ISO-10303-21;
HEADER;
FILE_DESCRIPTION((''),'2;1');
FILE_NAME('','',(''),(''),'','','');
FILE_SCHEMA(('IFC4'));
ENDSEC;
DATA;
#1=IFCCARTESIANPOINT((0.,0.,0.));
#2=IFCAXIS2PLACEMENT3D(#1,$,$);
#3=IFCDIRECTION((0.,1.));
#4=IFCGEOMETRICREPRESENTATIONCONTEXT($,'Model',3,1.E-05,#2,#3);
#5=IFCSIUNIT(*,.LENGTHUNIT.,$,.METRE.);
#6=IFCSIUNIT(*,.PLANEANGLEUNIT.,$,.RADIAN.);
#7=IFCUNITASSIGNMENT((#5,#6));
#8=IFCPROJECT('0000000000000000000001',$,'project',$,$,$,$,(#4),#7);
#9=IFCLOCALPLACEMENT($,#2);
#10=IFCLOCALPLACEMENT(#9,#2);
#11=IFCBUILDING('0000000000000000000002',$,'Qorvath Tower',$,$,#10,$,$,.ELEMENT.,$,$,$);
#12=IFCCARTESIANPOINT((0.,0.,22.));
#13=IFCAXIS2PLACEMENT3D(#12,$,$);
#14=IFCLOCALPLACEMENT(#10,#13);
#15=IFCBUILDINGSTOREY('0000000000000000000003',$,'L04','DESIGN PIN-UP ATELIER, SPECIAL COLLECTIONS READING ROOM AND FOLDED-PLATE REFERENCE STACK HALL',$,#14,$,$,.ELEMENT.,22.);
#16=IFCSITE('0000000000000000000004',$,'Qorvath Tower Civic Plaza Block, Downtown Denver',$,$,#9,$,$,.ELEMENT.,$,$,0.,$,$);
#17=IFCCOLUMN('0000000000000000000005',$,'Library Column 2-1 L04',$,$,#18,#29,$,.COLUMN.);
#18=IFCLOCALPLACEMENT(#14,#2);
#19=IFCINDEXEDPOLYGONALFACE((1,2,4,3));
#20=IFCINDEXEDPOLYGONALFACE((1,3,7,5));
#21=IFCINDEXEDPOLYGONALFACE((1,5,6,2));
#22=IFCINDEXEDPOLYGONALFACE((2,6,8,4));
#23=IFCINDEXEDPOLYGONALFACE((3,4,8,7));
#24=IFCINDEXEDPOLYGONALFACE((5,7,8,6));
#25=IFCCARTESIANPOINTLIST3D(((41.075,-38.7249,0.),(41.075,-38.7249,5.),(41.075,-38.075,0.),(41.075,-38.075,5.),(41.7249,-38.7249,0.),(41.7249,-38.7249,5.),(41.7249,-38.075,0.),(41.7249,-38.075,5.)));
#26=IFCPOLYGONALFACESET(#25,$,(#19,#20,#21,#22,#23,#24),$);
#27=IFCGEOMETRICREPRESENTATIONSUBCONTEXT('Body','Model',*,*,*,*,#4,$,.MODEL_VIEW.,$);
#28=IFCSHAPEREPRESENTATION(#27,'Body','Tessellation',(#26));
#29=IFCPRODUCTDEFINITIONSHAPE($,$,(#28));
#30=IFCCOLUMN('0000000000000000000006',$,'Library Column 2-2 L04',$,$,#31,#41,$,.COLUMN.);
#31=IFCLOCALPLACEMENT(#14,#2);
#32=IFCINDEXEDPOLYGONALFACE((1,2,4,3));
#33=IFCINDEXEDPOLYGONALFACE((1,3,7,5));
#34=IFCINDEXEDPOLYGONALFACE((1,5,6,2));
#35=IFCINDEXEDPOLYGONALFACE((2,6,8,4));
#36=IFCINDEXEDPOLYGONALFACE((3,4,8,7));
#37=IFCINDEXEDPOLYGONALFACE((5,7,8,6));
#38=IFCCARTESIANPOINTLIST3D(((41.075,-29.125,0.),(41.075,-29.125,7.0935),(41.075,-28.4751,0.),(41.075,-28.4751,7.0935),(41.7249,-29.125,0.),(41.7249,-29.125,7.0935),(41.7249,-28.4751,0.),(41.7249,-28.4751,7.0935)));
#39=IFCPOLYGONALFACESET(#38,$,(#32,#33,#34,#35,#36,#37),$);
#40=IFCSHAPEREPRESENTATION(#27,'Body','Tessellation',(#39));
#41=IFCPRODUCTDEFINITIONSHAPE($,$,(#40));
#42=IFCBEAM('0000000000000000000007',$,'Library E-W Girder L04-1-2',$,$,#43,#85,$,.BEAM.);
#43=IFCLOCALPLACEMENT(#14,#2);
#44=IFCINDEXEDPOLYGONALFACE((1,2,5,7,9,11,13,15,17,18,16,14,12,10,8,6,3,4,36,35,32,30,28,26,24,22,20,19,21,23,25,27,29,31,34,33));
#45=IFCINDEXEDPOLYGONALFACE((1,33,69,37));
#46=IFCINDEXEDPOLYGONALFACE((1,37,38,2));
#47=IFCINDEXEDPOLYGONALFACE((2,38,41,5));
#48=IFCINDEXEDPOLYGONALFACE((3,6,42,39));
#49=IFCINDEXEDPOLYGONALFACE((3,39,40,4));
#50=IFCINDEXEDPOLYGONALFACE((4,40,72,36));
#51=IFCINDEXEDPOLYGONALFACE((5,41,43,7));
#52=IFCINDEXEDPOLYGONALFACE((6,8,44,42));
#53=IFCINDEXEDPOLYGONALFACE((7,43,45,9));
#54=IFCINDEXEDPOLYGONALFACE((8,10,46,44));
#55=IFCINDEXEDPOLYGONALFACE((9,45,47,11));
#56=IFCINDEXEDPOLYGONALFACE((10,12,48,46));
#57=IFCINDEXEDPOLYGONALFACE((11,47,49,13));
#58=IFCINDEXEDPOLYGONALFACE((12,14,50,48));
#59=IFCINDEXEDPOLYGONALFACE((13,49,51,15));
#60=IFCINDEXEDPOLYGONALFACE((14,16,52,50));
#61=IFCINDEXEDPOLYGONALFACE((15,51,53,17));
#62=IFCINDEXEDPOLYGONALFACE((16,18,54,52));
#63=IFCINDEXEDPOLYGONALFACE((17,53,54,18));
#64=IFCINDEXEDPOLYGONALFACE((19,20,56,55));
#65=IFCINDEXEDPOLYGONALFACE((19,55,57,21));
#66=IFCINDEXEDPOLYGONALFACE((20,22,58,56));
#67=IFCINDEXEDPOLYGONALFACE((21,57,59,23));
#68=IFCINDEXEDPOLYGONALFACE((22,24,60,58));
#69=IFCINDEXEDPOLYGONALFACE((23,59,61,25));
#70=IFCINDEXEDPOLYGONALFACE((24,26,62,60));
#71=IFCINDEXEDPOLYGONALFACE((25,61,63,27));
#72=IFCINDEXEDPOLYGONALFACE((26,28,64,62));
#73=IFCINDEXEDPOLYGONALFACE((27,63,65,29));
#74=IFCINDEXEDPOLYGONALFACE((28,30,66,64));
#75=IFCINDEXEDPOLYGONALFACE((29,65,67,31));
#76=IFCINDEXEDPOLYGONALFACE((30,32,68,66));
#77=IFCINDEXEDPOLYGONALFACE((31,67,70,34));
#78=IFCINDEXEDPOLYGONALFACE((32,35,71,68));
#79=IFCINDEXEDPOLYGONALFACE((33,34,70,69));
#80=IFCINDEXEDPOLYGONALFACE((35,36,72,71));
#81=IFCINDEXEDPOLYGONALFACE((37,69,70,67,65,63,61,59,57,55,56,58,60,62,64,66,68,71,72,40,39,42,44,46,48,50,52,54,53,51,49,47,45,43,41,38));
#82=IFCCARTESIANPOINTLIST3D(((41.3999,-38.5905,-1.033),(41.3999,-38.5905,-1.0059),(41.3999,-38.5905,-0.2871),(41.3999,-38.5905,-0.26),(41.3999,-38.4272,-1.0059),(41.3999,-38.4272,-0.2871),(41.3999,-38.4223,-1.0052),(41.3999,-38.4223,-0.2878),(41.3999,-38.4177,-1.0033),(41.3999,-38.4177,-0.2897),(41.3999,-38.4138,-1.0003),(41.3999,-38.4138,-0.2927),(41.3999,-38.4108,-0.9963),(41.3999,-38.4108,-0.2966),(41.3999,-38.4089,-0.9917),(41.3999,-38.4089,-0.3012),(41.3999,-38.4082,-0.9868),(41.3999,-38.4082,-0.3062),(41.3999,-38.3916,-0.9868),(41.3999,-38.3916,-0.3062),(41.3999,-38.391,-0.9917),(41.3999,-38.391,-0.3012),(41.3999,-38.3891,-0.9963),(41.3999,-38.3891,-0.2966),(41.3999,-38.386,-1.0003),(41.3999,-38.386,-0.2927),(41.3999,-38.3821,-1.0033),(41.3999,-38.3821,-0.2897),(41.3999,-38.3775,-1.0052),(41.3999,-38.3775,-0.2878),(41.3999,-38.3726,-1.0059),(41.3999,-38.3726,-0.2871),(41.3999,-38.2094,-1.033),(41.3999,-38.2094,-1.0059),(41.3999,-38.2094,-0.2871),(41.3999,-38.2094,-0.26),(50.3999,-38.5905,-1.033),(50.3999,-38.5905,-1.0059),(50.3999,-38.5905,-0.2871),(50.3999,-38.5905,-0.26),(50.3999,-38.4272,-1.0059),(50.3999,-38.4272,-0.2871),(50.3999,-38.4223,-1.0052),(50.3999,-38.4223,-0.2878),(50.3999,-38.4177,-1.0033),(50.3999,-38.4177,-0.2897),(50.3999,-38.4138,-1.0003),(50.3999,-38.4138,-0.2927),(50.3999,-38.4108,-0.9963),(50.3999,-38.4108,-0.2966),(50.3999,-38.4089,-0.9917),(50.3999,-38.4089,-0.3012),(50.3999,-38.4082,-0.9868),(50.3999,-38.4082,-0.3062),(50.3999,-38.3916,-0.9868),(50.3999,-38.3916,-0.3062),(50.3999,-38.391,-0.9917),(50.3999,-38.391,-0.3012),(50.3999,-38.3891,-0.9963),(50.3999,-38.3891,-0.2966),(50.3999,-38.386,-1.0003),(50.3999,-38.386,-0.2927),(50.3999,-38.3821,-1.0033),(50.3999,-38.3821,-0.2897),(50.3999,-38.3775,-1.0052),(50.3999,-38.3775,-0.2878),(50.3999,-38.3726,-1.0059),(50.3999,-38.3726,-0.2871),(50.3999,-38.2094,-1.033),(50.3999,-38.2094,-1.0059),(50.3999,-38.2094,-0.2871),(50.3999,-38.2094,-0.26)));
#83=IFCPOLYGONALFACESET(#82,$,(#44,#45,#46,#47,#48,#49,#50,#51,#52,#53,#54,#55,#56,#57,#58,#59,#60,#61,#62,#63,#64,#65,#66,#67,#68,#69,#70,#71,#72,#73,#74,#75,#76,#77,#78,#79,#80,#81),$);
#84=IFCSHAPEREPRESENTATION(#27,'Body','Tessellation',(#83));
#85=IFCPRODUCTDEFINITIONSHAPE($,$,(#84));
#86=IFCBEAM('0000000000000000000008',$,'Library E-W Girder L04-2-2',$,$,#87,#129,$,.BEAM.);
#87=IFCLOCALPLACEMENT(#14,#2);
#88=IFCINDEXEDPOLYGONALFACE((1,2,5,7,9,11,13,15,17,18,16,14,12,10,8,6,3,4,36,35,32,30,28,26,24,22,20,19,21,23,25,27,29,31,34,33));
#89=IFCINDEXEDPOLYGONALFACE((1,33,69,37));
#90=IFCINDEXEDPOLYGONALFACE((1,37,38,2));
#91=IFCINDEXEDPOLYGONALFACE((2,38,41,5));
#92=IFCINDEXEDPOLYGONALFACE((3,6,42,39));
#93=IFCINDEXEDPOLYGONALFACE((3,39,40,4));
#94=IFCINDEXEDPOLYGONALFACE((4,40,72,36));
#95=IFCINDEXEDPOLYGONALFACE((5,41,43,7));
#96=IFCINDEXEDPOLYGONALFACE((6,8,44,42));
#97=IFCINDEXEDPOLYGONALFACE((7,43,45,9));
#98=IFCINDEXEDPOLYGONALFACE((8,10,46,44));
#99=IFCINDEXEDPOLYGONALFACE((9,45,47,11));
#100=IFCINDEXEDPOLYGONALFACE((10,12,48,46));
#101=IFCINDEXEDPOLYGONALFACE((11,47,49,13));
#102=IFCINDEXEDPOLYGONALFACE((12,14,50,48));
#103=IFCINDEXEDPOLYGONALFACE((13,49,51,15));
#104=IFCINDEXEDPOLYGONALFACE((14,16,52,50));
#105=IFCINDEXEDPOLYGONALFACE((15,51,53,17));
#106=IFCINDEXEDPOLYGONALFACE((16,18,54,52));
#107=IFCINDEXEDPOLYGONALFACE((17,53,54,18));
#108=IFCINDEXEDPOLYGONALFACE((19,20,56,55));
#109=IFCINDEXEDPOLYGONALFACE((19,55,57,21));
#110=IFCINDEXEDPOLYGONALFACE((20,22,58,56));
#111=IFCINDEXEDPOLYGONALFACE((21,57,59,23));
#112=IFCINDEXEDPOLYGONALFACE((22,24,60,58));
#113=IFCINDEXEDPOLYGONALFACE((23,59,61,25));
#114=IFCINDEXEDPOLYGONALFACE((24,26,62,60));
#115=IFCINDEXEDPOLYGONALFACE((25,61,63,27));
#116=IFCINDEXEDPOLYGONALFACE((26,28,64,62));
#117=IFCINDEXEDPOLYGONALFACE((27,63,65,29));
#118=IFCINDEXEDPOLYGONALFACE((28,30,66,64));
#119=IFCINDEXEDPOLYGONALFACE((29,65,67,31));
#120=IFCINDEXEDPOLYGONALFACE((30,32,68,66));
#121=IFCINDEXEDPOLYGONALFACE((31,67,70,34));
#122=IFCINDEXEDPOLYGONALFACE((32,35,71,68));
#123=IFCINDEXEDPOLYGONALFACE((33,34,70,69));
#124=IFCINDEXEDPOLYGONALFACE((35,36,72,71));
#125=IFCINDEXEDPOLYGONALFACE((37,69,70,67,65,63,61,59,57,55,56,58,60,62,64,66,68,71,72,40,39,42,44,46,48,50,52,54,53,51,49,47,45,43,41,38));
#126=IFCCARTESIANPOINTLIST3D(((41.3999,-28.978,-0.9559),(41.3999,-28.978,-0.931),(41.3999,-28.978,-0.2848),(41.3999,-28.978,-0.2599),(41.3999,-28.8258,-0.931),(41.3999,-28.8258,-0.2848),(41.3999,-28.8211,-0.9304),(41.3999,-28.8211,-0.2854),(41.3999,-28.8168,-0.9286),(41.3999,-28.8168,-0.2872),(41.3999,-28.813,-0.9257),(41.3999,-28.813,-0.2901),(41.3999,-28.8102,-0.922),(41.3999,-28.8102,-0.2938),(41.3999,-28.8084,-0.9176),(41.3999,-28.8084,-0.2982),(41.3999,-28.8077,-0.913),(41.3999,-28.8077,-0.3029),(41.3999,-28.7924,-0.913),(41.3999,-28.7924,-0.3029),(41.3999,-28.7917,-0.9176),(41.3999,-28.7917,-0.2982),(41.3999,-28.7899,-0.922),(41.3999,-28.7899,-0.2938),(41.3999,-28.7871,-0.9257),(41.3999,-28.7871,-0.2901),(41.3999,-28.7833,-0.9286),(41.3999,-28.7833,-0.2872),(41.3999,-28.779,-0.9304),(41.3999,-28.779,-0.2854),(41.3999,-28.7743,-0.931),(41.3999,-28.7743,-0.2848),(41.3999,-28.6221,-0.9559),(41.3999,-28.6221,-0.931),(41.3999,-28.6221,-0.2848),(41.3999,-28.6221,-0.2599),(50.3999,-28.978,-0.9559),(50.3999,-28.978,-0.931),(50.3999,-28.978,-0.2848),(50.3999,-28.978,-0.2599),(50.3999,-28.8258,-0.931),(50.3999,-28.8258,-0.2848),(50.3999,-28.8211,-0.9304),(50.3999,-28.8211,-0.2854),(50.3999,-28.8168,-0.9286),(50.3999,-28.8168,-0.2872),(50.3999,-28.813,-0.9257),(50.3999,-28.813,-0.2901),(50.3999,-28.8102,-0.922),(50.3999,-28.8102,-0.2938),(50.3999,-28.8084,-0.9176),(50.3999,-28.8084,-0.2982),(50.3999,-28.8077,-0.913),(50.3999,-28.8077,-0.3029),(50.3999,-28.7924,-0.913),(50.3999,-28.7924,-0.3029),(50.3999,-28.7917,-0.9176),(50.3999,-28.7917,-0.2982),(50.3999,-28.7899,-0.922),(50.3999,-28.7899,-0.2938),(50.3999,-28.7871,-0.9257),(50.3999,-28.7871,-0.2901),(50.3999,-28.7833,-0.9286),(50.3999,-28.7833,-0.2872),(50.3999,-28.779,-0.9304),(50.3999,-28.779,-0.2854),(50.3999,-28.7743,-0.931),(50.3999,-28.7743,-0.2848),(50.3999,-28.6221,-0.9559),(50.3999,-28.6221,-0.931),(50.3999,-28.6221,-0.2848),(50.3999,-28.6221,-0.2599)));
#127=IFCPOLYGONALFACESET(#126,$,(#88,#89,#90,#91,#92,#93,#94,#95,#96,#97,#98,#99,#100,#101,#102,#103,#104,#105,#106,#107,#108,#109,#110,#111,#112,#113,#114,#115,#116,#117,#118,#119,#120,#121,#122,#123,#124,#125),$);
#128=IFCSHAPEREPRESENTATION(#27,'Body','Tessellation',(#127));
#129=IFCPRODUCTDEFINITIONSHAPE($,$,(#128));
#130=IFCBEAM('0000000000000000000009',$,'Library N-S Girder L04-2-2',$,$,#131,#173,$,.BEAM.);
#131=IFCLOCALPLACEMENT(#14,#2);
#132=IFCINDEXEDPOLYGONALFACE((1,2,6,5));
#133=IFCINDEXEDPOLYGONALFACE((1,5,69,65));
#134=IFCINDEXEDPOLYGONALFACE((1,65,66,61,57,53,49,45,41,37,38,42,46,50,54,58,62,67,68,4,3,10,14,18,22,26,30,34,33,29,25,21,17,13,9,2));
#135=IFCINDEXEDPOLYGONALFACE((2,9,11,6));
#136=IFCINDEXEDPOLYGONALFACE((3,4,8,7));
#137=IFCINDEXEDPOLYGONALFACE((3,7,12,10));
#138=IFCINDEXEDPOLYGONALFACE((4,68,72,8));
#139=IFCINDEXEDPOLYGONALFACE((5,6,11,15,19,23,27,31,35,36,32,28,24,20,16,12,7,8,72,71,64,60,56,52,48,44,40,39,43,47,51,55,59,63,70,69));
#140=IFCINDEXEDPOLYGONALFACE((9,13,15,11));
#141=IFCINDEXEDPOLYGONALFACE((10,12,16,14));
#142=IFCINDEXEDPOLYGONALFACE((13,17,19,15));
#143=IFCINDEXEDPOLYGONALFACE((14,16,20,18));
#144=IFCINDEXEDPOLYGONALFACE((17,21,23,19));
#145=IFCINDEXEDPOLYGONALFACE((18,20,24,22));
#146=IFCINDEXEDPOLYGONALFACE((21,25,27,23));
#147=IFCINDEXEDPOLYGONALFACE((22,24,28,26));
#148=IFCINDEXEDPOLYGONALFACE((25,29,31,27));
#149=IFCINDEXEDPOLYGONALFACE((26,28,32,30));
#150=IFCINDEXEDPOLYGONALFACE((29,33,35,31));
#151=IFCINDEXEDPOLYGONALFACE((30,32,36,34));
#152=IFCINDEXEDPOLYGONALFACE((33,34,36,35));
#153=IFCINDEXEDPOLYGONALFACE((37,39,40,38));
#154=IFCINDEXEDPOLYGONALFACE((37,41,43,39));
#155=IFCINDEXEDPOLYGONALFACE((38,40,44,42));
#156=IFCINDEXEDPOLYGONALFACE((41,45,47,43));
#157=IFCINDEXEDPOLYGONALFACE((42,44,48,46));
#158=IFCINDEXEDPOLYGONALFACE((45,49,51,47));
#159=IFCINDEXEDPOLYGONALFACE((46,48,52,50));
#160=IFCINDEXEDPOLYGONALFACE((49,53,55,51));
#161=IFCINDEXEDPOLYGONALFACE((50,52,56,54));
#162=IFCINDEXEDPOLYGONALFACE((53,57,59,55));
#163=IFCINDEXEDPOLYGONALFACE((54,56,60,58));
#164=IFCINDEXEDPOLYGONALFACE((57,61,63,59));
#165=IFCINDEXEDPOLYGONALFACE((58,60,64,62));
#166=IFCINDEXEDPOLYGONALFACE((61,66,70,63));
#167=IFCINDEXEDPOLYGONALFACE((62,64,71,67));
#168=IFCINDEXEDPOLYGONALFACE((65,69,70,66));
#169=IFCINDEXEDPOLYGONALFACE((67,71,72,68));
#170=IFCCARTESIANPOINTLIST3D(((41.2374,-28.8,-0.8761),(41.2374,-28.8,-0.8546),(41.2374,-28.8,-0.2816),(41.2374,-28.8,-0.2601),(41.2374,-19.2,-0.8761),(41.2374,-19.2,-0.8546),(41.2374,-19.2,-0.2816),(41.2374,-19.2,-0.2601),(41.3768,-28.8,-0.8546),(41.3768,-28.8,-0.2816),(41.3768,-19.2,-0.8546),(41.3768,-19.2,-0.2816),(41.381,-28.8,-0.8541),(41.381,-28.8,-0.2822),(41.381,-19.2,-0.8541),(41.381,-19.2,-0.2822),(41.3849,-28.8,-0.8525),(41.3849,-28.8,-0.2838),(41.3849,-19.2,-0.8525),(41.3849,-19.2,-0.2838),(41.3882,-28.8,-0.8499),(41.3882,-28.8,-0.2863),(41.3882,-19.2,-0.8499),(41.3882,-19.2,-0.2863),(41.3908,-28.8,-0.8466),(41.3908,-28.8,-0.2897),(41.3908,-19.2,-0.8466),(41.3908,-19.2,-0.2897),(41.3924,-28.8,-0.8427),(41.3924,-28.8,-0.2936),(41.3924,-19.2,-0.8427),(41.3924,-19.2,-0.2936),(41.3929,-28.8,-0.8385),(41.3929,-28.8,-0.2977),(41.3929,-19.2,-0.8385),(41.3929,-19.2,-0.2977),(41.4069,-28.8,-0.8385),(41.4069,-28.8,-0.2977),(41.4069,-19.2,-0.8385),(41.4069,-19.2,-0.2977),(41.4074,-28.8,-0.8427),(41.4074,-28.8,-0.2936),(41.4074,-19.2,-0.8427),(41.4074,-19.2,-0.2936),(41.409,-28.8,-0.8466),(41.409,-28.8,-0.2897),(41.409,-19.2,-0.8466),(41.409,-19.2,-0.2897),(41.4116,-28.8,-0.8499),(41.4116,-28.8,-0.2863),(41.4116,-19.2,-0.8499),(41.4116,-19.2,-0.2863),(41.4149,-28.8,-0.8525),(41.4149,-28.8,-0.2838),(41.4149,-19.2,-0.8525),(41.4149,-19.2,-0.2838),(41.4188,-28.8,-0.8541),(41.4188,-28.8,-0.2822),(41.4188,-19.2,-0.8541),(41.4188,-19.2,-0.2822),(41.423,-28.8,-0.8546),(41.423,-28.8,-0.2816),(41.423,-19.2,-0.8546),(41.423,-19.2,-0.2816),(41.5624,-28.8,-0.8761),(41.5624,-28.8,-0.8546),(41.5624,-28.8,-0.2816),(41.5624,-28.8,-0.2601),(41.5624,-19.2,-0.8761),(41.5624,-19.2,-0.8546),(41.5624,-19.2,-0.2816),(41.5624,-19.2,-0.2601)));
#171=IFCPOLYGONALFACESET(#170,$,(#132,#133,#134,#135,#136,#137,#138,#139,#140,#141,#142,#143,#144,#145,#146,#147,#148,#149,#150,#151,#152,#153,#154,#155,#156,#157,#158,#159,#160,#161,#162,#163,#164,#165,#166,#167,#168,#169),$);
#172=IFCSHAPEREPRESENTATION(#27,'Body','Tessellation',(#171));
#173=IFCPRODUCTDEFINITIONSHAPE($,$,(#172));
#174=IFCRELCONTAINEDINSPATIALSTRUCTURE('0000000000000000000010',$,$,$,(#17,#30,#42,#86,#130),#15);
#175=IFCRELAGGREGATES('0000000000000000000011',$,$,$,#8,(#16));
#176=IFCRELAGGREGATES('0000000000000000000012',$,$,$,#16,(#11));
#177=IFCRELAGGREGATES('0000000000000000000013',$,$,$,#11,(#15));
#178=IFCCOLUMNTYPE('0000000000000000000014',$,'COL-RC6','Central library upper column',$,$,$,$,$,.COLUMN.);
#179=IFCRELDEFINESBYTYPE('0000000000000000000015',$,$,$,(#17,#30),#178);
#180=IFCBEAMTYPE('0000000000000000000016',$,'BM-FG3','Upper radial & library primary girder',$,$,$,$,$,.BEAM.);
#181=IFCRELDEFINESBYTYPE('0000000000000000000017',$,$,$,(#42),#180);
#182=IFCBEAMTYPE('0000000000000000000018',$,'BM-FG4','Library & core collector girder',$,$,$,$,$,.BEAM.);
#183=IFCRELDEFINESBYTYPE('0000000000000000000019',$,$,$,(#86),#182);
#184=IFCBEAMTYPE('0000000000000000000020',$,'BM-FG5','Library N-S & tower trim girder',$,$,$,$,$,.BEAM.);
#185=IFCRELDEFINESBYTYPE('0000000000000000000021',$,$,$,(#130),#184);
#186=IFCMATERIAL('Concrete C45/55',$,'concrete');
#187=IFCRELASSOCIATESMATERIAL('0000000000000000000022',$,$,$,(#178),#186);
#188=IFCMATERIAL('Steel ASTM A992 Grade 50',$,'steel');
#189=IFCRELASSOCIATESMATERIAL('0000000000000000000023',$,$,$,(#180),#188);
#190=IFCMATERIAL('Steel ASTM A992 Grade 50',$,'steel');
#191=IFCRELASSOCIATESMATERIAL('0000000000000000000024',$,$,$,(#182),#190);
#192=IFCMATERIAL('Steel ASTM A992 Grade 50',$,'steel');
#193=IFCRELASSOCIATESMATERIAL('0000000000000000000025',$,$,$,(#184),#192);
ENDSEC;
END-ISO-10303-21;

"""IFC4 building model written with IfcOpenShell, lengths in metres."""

from ifc_helpers import new_model, si_unit, direction, frame, origin, origin_2d, place, context, subcontext, project, spatial, rectangle, i_section, extrude, material, material_profile, profile_set, type_object, element, save


model = new_model("IFC4")

# Units and contexts
model_context = context("Model", 3, precision=1e-05, world=origin(), true_north=direction((0.0, 1.0)))
body_context = subcontext(model_context, "Body", "Model", "MODEL_VIEW")
ifc_project = project(units=[si_unit("LENGTHUNIT", "METRE"), si_unit("PLANEANGLEUNIT", "RADIAN")], contexts=[model_context])

# Site, building, storey
site_placement = place(None, origin())
site = spatial("IfcSite", under=ifc_project, at=site_placement, Name="Qorvath Tower Civic Plaza Block, Downtown Denver", CompositionType="ELEMENT", RefElevation=0.0)
building_placement = place(site_placement, origin())
building = spatial("IfcBuilding", under=site, at=building_placement, Name="Qorvath Tower", CompositionType="ELEMENT")
storey_placement = place(building_placement, frame((0.0, 0.0, 22.0)))
storey = spatial("IfcBuildingStorey", under=building, at=storey_placement, Name="L04", Description="DESIGN PIN-UP ATELIER, SPECIAL COLLECTIONS READING ROOM AND FOLDED-PLATE REFERENCE STACK HALL", CompositionType="ELEMENT", Elevation=22.0)

# Columns
ifc_material_1 = material(Name="Concrete C45/55", Category="concrete")
ifc_material_profile_1 = material_profile(ifc_material_1, rectangle(XDim=0.6499, YDim=0.6499, at=origin_2d()), Name="RC 650x650")
ifc_profile_set_1 = profile_set([ifc_material_profile_1], Name="Concrete C45/55")
column_type = type_object("IfcColumnType", Name="COL-RC6", Description="Central library upper column", PredefinedType="COLUMN", material=ifc_profile_set_1)
column_1_placement = place(storey_placement, frame((41.3999, -38.3999, 0.0), z_axis=(0.0, 0.0, 1.0), x_axis=(1.0, 0.0, 0.0)))
element("IfcColumn", 1, at=column_1_placement, inside=storey, type_object=column_type, Name="Library Column 2-1 L04", PredefinedType="COLUMN", context=body_context, shape_type="SweptSolid", body=[
    extrude(rectangle(XDim=0.6499, YDim=0.6499, at=origin_2d()), origin(), (0.0, 0.0, 1.0), 5.0),
])
column_2_placement = place(storey_placement, frame((41.3999, -28.8, 0.0), z_axis=(0.0, 0.0, 1.0), x_axis=(1.0, 0.0, 0.0)))
element("IfcColumn", 2, at=column_2_placement, inside=storey, type_object=column_type, Name="Library Column 2-2 L04", PredefinedType="COLUMN", context=body_context, shape_type="SweptSolid", body=[
    extrude(rectangle(XDim=0.6499, YDim=0.6499, at=origin_2d()), origin(), (0.0, 0.0, 1.0), 7.0935),
])

# Beams
ifc_material_2 = material(Name="Steel ASTM A992 Grade 50", Category="steel")
ifc_material_profile_2 = material_profile(ifc_material_2, i_section(OverallWidth=0.3811, OverallDepth=0.7729, WebThickness=0.0166, FlangeThickness=0.0271, FilletRadius=0.019, at=origin_2d()), Name="W30x173")
ifc_profile_set_2 = profile_set([ifc_material_profile_2], Name="Steel ASTM A992 Grade 50")
beam_type_1 = type_object("IfcBeamType", Name="BM-FG3", Description="Upper radial & library primary girder", PredefinedType="BEAM", material=ifc_profile_set_2)
beam_1_placement = place(storey_placement, frame((41.3999, -38.3999, -0.6465), z_axis=(1.0, 0.0, 0.0), x_axis=(0.0, 1.0, 0.0)))
element("IfcBeam", 3, at=beam_1_placement, inside=storey, type_object=beam_type_1, Name="Library E-W Girder L04-1-2", PredefinedType="BEAM", context=body_context, shape_type="SweptSolid", body=[
    extrude(i_section(OverallWidth=0.3811, OverallDepth=0.7729, WebThickness=0.0166, FlangeThickness=0.0271, FilletRadius=0.019, at=origin_2d()), origin(), (0.0, 0.0, 1.0), 9.0),
])
ifc_material_3 = material(Name="Steel ASTM A992 Grade 50", Category="steel")
ifc_material_profile_3 = material_profile(ifc_material_3, i_section(OverallWidth=0.356, OverallDepth=0.696, WebThickness=0.0154, FlangeThickness=0.0249, FilletRadius=0.0181, at=origin_2d()), Name="W27x146")
ifc_profile_set_3 = profile_set([ifc_material_profile_3], Name="Steel ASTM A992 Grade 50")
beam_type_2 = type_object("IfcBeamType", Name="BM-FG4", Description="Library & core collector girder", PredefinedType="BEAM", material=ifc_profile_set_3)
beam_2_placement = place(storey_placement, frame((41.3999, -28.8, -0.6079), z_axis=(1.0, 0.0, 0.0), x_axis=(0.0, 1.0, 0.0)))
element("IfcBeam", 4, at=beam_2_placement, inside=storey, type_object=beam_type_2, Name="Library E-W Girder L04-2-2", PredefinedType="BEAM", context=body_context, shape_type="SweptSolid", body=[
    extrude(i_section(OverallWidth=0.356, OverallDepth=0.696, WebThickness=0.0154, FlangeThickness=0.0249, FilletRadius=0.0181, at=origin_2d()), origin(), (0.0, 0.0, 1.0), 9.0),
])
ifc_material_4 = material(Name="Steel ASTM A992 Grade 50", Category="steel")
ifc_material_profile_4 = material_profile(ifc_material_4, i_section(OverallWidth=0.325, OverallDepth=0.616, WebThickness=0.0139, FlangeThickness=0.0215, FilletRadius=0.0161, at=origin_2d()), Name="W24x117")
ifc_profile_set_4 = profile_set([ifc_material_profile_4], Name="Steel ASTM A992 Grade 50")
beam_type_3 = type_object("IfcBeamType", Name="BM-FG5", Description="Library N-S & tower trim girder", PredefinedType="BEAM", material=ifc_profile_set_4)
beam_3_placement = place(storey_placement, frame((41.3999, -28.8, -0.5681), z_axis=(0.0, 1.0, 0.0), x_axis=(-1.0, 0.0, 0.0)))
element("IfcBeam", 5, at=beam_3_placement, inside=storey, type_object=beam_type_3, Name="Library N-S Girder L04-2-2", PredefinedType="BEAM", context=body_context, shape_type="SweptSolid", body=[
    extrude(i_section(OverallWidth=0.325, OverallDepth=0.616, WebThickness=0.0139, FlangeThickness=0.0215, FilletRadius=0.0161, at=origin_2d()), origin(), (0.0, 0.0, 1.0), 9.6001),
])

save(model, "model.ifc")
